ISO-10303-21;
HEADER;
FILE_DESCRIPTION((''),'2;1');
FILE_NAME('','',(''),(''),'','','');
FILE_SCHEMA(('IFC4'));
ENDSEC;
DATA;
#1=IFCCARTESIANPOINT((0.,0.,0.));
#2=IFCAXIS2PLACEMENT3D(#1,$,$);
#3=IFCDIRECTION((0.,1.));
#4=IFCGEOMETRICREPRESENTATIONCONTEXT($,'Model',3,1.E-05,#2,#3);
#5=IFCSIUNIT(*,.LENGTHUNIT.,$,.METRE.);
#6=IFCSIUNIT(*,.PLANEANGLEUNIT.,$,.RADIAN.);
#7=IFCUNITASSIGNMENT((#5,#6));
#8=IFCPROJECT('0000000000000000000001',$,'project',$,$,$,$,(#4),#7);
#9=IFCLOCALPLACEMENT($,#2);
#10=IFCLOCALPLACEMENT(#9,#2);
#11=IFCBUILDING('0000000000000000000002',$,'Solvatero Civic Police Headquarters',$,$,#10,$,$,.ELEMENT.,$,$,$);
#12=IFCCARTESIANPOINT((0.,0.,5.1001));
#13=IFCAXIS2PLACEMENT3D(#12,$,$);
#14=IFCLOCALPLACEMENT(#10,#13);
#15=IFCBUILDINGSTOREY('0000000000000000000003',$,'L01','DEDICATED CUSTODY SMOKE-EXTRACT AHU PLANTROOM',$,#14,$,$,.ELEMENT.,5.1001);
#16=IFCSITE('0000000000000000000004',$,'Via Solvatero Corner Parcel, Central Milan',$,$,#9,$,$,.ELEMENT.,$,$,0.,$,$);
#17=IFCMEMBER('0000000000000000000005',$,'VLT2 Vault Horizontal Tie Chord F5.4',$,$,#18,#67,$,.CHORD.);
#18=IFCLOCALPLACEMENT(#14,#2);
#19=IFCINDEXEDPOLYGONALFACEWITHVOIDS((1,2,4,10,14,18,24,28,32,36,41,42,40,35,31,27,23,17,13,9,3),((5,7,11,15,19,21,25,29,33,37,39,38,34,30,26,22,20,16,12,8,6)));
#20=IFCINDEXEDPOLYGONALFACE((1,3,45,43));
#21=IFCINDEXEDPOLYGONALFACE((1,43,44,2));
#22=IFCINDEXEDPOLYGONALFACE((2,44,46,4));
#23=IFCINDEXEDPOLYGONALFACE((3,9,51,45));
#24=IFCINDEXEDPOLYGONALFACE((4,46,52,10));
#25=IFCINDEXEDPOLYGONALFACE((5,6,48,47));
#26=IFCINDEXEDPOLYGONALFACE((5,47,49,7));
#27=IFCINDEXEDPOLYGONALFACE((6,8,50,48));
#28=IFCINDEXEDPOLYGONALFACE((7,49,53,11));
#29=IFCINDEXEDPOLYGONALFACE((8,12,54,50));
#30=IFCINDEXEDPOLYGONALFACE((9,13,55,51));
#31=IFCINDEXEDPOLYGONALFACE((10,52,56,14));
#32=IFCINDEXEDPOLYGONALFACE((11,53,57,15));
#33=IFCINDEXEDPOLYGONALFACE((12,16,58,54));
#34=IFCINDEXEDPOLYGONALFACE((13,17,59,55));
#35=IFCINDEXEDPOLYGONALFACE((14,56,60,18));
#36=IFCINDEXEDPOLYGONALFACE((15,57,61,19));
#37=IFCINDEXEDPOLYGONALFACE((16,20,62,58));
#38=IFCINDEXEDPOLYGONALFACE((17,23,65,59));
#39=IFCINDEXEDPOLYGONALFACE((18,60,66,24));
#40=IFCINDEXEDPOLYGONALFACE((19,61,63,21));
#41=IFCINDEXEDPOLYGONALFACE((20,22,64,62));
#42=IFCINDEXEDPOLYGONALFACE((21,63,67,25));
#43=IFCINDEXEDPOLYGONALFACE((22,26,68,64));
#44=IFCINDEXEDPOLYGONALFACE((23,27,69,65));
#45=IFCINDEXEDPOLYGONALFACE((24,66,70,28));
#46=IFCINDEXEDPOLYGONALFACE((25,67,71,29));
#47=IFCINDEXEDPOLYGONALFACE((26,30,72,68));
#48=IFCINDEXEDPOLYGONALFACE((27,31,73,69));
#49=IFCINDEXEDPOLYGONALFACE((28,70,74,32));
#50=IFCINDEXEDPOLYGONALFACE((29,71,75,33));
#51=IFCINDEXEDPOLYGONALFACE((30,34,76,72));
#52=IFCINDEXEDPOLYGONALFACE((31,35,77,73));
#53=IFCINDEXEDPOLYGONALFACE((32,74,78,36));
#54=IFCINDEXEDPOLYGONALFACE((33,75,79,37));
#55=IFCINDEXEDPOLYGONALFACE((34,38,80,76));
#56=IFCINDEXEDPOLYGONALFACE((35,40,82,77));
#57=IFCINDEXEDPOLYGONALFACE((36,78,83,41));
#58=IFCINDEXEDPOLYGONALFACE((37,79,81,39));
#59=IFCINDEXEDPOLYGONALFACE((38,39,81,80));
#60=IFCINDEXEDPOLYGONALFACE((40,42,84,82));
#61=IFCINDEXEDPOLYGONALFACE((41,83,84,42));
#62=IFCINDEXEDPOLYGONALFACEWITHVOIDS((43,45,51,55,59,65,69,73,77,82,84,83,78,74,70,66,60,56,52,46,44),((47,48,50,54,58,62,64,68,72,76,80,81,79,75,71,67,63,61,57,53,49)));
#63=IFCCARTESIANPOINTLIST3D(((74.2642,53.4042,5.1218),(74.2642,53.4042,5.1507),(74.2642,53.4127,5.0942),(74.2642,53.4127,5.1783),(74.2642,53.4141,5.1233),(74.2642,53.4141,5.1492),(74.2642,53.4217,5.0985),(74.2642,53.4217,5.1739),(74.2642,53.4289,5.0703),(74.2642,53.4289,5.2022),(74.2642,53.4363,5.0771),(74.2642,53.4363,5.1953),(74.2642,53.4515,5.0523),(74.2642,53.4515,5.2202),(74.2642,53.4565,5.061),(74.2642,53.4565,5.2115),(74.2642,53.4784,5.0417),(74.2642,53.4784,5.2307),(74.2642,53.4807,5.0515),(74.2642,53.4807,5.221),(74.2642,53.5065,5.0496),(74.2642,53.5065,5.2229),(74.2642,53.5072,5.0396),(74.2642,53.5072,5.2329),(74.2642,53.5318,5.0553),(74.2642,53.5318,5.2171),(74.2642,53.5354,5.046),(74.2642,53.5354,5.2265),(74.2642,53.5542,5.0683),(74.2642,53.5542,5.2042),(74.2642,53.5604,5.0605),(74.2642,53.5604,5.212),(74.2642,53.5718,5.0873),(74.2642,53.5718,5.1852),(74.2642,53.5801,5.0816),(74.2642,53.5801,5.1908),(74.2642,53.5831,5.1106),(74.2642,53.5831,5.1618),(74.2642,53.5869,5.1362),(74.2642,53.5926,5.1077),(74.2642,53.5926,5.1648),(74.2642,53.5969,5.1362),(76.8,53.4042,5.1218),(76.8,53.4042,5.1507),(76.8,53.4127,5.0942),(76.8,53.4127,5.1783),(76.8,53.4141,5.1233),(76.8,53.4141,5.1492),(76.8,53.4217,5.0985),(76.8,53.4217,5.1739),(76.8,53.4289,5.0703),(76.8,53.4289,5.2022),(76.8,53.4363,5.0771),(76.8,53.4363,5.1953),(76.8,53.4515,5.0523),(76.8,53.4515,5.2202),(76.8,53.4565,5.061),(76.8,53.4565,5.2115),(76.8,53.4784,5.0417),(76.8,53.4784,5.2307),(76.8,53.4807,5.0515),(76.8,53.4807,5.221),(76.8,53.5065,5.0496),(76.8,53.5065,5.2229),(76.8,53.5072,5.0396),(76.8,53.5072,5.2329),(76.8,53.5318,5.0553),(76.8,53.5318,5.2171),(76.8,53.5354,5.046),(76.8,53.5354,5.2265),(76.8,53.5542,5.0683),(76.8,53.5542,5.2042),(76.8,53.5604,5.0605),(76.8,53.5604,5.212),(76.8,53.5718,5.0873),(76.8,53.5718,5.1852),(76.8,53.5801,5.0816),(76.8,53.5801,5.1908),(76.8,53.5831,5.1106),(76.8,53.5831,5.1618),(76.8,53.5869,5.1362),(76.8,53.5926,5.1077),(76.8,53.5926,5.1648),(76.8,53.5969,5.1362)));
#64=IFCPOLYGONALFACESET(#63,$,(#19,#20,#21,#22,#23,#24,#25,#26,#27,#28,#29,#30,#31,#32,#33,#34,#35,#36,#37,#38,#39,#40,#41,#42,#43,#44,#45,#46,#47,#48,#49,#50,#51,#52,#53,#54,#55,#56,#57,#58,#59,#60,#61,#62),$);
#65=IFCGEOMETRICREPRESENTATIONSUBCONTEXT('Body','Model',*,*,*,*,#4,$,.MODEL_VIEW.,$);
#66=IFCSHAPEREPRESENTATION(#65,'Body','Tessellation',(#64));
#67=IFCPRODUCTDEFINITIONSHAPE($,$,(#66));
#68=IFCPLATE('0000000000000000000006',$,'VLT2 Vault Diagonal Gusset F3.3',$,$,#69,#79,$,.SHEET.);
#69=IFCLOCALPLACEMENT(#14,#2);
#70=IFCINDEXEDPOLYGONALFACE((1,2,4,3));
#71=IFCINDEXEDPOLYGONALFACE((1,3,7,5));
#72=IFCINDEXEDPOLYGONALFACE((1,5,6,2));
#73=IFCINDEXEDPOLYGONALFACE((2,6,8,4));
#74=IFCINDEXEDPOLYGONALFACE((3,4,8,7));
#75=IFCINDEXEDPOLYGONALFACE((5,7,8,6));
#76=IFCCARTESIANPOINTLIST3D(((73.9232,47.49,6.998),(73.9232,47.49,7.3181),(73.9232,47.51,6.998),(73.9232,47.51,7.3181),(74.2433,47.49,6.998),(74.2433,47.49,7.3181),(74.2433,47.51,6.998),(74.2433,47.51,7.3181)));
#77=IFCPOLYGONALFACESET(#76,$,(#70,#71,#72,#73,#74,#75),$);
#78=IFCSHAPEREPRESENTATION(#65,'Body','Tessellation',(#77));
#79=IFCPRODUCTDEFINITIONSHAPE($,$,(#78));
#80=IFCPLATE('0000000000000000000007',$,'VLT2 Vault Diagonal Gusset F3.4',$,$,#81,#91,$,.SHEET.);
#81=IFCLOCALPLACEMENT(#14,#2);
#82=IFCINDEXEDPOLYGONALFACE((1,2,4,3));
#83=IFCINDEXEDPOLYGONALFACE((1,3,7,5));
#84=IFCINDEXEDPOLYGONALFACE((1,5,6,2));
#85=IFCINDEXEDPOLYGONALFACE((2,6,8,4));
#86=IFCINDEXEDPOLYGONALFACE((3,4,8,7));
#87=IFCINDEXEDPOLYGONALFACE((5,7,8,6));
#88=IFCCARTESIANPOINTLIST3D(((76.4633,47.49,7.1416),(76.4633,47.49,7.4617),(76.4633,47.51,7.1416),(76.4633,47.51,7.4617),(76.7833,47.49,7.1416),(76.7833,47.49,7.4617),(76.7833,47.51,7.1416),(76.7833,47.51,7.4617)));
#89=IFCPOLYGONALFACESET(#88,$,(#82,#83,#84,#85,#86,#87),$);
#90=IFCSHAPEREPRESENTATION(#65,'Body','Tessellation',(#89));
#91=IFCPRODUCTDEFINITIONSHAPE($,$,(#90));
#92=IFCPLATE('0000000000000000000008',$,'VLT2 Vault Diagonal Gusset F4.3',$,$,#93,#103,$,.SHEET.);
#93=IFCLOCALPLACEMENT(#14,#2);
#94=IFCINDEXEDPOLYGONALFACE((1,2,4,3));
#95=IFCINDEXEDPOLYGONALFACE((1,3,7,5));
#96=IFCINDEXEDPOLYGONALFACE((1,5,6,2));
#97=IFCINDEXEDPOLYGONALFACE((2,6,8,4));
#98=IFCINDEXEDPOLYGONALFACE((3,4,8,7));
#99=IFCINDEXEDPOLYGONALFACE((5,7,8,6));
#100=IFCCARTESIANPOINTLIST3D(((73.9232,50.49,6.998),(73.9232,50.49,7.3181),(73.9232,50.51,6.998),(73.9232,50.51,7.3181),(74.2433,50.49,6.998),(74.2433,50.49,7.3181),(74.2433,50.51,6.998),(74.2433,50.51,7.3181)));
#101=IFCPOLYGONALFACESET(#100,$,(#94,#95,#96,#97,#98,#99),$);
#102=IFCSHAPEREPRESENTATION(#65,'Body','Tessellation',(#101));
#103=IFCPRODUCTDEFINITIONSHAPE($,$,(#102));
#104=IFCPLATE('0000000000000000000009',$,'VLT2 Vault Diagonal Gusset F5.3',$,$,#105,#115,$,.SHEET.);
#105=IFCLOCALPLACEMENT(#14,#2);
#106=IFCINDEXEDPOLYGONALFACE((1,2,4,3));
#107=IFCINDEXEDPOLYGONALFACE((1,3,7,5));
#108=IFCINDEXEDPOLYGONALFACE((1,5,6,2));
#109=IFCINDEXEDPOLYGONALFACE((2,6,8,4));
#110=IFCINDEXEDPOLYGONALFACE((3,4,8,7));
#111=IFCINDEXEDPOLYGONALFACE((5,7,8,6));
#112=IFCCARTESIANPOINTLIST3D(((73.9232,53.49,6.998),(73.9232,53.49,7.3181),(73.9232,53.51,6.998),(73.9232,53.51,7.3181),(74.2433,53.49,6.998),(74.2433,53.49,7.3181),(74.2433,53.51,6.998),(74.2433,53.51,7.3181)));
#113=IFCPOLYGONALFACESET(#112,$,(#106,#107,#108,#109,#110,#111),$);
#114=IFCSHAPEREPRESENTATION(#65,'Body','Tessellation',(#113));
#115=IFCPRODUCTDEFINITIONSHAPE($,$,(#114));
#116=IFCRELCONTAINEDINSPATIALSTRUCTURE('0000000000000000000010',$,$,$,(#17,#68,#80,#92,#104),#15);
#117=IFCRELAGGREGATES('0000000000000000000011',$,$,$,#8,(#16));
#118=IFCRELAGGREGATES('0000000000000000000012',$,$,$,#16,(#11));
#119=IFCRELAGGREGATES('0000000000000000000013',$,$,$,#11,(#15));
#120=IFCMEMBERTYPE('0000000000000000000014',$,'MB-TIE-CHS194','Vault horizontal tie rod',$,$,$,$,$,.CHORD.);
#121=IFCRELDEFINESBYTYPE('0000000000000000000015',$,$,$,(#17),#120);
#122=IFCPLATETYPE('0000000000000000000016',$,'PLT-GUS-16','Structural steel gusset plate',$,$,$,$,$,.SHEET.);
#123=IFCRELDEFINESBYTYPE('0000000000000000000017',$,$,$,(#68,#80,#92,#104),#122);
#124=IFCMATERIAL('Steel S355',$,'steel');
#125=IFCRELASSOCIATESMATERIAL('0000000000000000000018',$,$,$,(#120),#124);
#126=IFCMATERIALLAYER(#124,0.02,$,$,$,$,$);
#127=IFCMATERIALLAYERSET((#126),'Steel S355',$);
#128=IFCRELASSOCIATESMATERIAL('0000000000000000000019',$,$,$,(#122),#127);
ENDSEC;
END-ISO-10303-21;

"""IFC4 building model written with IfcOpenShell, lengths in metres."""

from ifc_helpers import new_model, si_unit, direction, frame, origin, origin_2d, place, context, subcontext, project, spatial, rectangle, hollow_circle, extrude, material, layer, layer_set, material_profile, profile_set, type_object, element, save


model = new_model("IFC4")

# Units and contexts
model_context = context("Model", 3, precision=1e-05, world=origin(), true_north=direction((0.0, 1.0)))
body_context = subcontext(model_context, "Body", "Model", "MODEL_VIEW")
ifc_project = project(units=[si_unit("LENGTHUNIT", "METRE"), si_unit("PLANEANGLEUNIT", "RADIAN")], contexts=[model_context])

# Site, building, storey
site_placement = place(None, origin())
site = spatial("IfcSite", under=ifc_project, at=site_placement, Name="Via Solvatero Corner Parcel, Central Milan", CompositionType="ELEMENT", RefElevation=0.0)
building_placement = place(site_placement, origin())
building = spatial("IfcBuilding", under=site, at=building_placement, Name="Solvatero Civic Police Headquarters", CompositionType="ELEMENT")
storey_placement = place(building_placement, frame((0.0, 0.0, 5.1001)))
storey = spatial("IfcBuildingStorey", under=building, at=storey_placement, Name="L01", Description="DEDICATED CUSTODY SMOKE-EXTRACT AHU PLANTROOM", CompositionType="ELEMENT", Elevation=5.1001)

# Shared definitions
ifc_material = material(Name="Steel S355", Category="steel")

# Member
ifc_material_profile_1 = material_profile(ifc_material, hollow_circle(Radius=0.0969, WallThickness=0.01, at=origin_2d()), Name="CHS 193.7x10.0")
ifc_profile_set_1 = profile_set([ifc_material_profile_1], Name="Steel S355")
member_type_1 = type_object("IfcMemberType", Name="MB-TIE-CHS194", Description="Vault horizontal tie rod", PredefinedType="CHORD", material=ifc_profile_set_1)
for number, where, z_axis, x_axis, name in (
    (1, (74.2642, 53.5, 5.1362), (1.0, 0.0, 0.0), (0.0, 1.0, 0.0), "VLT2 Vault Horizontal Tie Chord F5.4"),
):
    element("IfcMember", number, at=place(storey_placement, frame(where, z_axis=z_axis, x_axis=x_axis)), inside=storey, type_object=member_type_1, Name=name, PredefinedType="CHORD", context=body_context, shape_type="SweptSolid", body=[
        extrude(hollow_circle(Radius=0.0969, WallThickness=0.01, at=origin_2d()), origin(), (0.0, 0.0, 1.0), 2.5359),
    ])

# Plates
ifc_layer = layer(ifc_material, 0.02)
ifc_layer_set = layer_set([ifc_layer], Name="Steel S355")
plate_type = type_object("IfcPlateType", Name="PLT-GUS-16", Description="Structural steel gusset plate", PredefinedType="SHEET", material=ifc_layer_set)
for number, where, z_axis, x_axis, name in (
    (2, (74.0833, 47.5, 6.998), (0.0, 0.0, 1.0), (1.0, 0.0, 0.0), "VLT2 Vault Diagonal Gusset F3.3"),
    (3, (76.6233, 47.5, 7.1416), (0.0, 0.0, 1.0), (1.0, 0.0, 0.0), "VLT2 Vault Diagonal Gusset F3.4"),
    (4, (74.0833, 50.5, 6.998), (0.0, 0.0, 1.0), (1.0, 0.0, 0.0), "VLT2 Vault Diagonal Gusset F4.3"),
    (5, (74.0833, 53.5, 6.998), (0.0, 0.0, 1.0), (1.0, 0.0, 0.0), "VLT2 Vault Diagonal Gusset F5.3"),
):
    element("IfcPlate", number, at=place(storey_placement, frame(where, z_axis=z_axis, x_axis=x_axis)), inside=storey, type_object=plate_type, Name=name, PredefinedType="SHEET", context=body_context, shape_type="SweptSolid", body=[
        extrude(rectangle(XDim=0.3201, YDim=0.02, at=origin_2d()), origin(), (0.0, 0.0, 1.0), 0.3201),
    ])

save(model, "model.ifc")
